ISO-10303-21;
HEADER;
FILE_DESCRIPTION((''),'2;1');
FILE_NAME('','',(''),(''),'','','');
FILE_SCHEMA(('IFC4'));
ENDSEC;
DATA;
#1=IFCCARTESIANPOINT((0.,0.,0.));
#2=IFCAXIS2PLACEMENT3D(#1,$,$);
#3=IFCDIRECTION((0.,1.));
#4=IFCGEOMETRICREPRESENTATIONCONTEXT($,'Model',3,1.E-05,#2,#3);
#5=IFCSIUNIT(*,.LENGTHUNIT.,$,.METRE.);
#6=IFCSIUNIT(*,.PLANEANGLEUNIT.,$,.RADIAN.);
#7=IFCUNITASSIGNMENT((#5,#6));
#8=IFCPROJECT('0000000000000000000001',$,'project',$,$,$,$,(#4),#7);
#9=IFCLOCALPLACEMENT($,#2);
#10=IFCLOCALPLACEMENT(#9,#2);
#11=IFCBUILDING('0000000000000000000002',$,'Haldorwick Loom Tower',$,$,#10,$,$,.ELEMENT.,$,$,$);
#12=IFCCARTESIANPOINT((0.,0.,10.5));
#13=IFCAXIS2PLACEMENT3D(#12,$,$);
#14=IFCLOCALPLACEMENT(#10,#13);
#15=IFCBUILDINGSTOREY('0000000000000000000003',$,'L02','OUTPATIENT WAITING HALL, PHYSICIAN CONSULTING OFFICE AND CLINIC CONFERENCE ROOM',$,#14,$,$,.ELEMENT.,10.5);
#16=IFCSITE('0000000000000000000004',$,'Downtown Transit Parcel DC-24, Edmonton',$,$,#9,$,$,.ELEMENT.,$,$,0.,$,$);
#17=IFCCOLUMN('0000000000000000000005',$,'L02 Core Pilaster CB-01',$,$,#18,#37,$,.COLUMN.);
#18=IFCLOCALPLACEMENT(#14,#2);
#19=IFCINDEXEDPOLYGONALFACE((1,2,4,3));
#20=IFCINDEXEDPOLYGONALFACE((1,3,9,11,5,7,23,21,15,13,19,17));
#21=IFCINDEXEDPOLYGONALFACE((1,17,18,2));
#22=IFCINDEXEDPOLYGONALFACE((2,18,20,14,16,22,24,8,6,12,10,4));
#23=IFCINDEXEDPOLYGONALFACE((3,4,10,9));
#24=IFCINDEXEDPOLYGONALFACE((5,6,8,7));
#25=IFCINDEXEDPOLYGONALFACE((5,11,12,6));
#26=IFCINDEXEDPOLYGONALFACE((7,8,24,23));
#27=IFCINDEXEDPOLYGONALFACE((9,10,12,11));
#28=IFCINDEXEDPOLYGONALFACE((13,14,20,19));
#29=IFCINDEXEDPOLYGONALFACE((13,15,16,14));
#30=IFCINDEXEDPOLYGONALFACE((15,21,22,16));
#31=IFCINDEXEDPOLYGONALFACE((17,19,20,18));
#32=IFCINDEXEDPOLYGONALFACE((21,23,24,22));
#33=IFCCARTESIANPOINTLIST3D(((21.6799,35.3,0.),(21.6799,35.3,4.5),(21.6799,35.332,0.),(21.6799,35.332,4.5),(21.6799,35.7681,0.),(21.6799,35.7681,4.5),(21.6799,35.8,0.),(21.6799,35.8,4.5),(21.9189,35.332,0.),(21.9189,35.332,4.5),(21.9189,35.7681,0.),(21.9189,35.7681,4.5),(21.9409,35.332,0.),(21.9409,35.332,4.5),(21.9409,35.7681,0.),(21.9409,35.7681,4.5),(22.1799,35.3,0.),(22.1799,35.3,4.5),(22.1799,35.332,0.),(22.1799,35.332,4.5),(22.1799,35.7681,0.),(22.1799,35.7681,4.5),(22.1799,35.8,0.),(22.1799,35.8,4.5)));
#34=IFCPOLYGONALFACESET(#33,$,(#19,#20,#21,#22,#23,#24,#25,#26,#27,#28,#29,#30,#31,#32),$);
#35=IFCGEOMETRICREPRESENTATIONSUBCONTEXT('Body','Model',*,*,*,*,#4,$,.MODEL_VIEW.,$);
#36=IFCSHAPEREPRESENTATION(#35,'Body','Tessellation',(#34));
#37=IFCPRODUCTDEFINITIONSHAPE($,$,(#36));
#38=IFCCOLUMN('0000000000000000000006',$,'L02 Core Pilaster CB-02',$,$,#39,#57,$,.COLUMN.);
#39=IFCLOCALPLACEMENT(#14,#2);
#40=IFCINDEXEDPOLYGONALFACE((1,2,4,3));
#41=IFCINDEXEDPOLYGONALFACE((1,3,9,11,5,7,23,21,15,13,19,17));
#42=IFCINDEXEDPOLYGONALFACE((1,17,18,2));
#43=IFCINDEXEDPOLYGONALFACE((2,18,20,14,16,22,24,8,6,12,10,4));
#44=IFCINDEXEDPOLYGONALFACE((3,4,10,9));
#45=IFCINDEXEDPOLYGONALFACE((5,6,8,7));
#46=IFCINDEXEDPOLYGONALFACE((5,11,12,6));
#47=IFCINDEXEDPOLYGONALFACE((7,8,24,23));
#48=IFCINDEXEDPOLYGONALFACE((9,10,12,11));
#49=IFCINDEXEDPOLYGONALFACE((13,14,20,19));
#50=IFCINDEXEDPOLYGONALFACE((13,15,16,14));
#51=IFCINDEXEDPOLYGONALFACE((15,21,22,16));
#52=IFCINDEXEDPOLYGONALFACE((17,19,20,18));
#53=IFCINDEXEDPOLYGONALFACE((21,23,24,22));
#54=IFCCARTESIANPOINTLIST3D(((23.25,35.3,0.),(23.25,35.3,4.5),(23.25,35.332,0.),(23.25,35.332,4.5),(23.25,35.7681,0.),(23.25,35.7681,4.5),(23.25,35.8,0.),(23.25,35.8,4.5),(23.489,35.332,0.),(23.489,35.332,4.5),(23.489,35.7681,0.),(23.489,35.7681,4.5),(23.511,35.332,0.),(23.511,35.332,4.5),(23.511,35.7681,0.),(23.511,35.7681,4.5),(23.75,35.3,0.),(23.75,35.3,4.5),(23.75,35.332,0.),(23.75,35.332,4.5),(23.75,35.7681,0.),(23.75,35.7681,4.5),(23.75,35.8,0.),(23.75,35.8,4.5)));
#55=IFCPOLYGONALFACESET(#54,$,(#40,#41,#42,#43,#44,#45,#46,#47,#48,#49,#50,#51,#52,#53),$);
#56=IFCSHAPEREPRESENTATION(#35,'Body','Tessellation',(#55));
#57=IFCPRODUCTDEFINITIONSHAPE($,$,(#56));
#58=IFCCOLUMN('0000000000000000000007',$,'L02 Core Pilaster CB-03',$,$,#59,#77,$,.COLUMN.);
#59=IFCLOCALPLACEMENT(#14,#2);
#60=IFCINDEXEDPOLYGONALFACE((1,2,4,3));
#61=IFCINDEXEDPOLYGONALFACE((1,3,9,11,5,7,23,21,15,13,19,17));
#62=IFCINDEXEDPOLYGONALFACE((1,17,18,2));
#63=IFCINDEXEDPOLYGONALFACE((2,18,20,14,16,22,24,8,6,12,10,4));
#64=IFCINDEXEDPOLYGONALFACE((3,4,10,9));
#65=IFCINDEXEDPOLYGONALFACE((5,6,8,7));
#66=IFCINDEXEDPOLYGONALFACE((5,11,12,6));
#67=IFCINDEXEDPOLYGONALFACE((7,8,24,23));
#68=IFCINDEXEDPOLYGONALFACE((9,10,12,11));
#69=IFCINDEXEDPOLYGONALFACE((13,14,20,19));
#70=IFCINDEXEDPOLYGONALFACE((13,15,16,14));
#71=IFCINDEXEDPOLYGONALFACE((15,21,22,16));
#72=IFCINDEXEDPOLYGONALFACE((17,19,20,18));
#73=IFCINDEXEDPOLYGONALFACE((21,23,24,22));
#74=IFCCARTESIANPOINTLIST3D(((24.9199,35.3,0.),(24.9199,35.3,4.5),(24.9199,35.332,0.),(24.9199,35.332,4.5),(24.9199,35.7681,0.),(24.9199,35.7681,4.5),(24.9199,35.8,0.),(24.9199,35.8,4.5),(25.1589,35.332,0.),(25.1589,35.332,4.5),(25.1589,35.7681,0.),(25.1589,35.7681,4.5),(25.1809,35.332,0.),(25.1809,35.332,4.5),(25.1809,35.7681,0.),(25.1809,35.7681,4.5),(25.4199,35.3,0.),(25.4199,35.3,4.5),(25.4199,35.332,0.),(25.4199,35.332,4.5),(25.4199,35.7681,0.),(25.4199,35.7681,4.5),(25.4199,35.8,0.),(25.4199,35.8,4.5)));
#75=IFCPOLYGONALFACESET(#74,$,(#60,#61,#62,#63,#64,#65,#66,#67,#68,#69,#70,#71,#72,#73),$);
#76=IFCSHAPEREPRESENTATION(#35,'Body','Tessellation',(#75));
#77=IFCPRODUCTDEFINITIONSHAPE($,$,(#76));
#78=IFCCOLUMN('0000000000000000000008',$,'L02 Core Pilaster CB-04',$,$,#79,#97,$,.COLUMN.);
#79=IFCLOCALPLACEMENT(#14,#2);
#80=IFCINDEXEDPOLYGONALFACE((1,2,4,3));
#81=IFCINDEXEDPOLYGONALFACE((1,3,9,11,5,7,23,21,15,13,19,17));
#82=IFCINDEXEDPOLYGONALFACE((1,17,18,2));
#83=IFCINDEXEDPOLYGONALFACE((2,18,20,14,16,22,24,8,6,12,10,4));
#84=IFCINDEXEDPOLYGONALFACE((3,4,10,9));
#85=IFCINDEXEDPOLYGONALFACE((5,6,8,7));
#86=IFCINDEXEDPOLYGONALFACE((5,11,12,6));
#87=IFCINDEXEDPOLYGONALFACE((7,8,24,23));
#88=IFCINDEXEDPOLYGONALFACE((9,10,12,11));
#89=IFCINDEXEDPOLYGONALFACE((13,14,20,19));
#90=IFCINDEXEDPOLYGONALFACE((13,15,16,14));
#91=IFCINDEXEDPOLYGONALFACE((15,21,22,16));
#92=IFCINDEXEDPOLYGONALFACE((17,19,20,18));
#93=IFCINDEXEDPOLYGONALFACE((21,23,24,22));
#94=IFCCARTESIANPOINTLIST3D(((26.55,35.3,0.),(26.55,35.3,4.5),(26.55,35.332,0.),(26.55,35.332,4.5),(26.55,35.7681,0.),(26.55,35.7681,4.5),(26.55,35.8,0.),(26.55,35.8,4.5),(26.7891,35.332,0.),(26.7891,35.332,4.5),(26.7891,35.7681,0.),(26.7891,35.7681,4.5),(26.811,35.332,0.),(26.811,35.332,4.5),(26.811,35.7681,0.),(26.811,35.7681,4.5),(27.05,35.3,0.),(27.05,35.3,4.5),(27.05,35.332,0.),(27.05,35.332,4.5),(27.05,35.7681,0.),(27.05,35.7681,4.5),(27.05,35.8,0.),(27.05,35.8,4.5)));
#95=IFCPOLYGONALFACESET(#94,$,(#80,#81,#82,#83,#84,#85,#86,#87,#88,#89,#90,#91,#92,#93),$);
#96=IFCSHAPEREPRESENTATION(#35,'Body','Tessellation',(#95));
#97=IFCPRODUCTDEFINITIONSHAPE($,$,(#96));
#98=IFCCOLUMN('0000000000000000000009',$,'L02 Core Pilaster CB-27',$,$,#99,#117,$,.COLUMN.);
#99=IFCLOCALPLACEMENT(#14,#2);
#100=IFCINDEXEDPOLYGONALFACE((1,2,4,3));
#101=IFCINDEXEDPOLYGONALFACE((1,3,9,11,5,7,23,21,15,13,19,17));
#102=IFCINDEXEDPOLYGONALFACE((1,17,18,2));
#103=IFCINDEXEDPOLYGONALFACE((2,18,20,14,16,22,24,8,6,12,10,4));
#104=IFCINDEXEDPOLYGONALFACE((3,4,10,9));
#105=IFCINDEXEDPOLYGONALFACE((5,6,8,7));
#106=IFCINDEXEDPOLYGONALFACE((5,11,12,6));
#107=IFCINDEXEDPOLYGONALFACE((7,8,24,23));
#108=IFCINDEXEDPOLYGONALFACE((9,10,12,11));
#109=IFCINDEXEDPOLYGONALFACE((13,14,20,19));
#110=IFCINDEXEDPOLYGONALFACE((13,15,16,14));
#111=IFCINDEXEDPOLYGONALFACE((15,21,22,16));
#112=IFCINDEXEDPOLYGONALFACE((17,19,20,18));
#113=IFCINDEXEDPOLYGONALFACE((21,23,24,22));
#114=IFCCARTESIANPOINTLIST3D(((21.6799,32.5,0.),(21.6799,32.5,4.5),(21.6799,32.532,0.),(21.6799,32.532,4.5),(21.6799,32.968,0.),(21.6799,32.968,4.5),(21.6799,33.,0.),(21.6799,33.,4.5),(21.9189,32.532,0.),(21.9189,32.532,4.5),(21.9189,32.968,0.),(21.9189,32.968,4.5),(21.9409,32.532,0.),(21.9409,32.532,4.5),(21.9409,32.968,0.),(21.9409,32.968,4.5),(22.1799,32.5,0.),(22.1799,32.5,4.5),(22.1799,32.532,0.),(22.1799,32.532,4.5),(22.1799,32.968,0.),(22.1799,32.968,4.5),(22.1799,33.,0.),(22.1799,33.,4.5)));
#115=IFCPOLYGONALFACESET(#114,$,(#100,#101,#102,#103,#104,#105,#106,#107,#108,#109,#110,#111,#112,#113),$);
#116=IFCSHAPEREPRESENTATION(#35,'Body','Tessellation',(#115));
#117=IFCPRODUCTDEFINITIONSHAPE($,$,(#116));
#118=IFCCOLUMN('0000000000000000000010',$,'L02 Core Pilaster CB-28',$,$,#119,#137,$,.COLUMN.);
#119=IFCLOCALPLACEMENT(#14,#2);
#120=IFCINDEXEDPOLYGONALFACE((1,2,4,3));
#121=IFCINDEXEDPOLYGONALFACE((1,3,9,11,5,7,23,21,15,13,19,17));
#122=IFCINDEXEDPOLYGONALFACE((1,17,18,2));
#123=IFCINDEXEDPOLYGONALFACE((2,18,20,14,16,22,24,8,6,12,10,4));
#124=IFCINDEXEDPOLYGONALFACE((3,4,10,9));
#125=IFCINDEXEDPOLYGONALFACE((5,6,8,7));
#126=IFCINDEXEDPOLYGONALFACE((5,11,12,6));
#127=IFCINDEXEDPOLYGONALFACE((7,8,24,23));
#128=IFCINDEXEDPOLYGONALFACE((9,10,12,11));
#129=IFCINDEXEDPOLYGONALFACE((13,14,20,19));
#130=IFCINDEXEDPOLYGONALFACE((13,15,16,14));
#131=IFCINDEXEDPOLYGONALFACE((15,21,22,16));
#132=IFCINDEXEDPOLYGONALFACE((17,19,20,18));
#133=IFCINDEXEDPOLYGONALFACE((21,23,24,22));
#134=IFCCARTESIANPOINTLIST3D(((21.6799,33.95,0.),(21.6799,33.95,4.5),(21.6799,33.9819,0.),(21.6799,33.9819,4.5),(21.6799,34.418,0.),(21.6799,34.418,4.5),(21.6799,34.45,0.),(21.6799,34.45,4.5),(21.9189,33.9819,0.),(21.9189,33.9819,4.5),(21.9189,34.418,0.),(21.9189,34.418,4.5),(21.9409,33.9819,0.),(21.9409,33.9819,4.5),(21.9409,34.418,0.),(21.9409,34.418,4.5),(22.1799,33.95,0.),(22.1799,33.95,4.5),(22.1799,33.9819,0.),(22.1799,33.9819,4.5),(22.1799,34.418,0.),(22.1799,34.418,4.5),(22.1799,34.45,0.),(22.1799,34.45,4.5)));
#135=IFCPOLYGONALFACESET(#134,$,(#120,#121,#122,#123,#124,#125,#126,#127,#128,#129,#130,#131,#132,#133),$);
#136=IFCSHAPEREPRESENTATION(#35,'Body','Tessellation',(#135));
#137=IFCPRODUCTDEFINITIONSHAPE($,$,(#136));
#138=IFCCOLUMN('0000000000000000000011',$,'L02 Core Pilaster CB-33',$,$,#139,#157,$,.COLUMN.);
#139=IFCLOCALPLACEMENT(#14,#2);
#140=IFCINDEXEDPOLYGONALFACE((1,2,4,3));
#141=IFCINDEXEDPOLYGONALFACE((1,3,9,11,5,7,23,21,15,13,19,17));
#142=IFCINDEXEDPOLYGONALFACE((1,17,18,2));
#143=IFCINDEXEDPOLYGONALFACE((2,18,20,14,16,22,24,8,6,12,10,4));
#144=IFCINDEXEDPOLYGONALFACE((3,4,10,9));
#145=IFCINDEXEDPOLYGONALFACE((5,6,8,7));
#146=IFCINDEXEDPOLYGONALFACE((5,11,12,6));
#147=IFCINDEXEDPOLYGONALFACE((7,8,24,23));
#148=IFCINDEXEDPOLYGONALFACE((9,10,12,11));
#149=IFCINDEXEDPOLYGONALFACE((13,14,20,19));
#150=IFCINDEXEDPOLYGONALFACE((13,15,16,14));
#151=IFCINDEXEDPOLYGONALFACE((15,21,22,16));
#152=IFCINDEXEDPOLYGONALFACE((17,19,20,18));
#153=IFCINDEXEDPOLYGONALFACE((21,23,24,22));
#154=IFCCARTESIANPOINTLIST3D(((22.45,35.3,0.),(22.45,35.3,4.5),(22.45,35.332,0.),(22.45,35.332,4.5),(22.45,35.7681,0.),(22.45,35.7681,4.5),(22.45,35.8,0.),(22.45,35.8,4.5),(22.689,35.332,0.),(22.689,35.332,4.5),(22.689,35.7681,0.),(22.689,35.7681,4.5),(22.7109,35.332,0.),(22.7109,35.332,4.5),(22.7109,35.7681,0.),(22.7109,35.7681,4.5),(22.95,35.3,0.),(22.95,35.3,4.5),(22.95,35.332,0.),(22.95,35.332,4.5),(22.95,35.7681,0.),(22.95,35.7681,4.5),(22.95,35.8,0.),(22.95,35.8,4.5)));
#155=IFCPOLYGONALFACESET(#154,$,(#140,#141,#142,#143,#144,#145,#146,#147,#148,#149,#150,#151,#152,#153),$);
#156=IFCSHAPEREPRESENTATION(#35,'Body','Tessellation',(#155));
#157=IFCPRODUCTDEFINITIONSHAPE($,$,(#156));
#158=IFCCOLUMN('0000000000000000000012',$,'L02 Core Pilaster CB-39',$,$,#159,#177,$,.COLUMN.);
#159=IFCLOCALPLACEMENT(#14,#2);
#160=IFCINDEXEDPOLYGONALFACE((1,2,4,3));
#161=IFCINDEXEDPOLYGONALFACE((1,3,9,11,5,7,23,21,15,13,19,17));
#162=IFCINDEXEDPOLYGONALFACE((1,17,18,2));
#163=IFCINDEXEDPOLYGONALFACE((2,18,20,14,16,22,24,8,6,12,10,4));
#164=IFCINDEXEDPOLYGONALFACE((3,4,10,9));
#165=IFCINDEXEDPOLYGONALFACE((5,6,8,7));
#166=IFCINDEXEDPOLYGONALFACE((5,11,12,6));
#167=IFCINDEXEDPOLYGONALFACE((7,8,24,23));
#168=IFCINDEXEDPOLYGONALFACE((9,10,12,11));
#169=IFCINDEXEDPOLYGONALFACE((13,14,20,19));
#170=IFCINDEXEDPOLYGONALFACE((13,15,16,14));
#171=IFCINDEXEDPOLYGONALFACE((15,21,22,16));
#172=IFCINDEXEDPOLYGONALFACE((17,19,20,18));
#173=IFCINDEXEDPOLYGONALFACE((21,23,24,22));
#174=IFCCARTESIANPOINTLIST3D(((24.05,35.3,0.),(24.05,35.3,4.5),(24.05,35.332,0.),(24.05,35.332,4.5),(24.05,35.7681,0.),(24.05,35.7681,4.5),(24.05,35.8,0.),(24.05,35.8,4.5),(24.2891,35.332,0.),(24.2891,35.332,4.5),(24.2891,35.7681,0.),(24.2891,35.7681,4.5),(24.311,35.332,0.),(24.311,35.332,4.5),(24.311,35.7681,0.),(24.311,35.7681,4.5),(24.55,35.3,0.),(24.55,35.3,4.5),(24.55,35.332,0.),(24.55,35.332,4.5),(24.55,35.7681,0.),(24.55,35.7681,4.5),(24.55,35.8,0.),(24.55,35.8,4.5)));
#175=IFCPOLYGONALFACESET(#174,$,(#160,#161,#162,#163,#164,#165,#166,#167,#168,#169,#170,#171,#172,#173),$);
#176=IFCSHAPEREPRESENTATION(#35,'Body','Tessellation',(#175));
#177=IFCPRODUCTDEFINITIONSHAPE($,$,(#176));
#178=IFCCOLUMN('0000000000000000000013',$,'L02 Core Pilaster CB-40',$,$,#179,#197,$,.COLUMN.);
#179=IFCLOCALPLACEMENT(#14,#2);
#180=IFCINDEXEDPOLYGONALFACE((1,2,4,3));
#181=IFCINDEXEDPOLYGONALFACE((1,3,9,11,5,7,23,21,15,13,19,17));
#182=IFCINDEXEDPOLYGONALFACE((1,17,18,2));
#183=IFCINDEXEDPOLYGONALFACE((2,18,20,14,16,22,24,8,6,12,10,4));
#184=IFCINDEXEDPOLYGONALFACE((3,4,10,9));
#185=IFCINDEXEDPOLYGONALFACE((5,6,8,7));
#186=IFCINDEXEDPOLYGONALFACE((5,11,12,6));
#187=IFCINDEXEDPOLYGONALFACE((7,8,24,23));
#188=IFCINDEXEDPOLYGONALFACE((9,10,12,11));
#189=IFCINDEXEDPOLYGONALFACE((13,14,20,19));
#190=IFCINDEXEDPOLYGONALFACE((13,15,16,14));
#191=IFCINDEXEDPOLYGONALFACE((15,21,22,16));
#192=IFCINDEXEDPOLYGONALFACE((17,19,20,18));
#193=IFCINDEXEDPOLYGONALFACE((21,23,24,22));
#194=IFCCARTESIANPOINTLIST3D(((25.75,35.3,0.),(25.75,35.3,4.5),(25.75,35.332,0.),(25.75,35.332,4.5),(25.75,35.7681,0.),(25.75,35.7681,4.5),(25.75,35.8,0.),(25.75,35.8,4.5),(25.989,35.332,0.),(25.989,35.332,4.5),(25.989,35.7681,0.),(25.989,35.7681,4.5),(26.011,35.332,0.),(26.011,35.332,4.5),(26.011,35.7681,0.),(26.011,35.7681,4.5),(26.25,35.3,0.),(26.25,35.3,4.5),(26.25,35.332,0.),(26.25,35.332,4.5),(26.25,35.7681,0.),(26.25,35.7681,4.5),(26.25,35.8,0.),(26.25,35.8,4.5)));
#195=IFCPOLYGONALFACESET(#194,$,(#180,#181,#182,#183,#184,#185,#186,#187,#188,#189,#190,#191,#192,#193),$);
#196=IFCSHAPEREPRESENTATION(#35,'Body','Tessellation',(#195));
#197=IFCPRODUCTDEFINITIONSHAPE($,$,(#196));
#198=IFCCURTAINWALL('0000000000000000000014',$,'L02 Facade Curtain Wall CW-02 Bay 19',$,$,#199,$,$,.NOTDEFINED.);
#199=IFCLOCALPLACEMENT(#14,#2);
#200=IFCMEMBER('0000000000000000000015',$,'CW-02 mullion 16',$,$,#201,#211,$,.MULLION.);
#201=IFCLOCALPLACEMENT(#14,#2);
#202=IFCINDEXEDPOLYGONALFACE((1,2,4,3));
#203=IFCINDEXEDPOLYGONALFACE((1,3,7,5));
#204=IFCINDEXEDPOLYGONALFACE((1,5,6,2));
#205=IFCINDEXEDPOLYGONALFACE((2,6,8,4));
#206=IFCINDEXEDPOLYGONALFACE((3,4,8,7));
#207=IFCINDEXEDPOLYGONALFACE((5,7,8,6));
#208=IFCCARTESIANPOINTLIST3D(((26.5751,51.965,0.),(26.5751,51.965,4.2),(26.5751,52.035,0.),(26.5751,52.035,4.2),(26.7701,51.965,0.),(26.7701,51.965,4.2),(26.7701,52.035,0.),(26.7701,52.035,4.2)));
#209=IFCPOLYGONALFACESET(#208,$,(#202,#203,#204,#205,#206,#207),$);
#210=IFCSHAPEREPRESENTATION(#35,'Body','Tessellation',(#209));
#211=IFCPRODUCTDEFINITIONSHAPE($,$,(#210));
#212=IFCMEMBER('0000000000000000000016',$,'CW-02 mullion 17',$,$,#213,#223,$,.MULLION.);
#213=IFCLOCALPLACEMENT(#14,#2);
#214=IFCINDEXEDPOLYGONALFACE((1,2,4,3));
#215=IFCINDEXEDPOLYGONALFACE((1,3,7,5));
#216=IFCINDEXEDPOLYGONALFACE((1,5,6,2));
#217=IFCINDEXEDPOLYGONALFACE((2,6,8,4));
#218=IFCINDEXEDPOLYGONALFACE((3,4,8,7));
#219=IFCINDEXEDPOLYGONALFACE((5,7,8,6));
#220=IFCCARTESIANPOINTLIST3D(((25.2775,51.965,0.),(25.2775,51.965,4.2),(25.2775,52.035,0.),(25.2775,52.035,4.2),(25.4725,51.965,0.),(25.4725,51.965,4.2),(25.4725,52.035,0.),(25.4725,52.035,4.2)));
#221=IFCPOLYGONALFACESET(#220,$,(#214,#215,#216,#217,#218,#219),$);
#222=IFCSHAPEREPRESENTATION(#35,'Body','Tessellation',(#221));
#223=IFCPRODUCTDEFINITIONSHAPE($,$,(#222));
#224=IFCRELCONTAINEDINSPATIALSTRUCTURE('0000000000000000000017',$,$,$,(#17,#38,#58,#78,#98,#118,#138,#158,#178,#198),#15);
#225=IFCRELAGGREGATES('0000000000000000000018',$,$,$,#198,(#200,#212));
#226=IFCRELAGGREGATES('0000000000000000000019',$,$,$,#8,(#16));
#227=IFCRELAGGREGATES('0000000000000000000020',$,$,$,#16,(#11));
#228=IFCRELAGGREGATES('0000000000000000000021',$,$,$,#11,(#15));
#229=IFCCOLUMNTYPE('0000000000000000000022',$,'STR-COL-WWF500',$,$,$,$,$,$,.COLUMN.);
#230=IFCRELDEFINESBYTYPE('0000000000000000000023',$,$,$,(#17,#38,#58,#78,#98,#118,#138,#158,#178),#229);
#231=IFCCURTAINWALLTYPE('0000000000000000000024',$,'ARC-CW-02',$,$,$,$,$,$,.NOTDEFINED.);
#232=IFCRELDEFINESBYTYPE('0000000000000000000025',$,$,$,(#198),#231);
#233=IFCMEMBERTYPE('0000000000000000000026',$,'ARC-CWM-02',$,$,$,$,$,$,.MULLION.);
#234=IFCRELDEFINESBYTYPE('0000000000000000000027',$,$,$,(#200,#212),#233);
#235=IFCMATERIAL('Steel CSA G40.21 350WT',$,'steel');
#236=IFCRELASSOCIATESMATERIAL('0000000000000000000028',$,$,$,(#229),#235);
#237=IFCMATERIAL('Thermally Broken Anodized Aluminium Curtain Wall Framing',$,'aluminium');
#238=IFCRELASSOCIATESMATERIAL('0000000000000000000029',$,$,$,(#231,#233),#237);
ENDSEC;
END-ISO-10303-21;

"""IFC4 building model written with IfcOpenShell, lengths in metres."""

from ifc_helpers import new_model, si_unit, direction, frame, origin, origin_2d, place, context, subcontext, project, spatial, rectangle, i_section, extrude, material, material_profile, profile_set, type_object, element, aggregate, save


model = new_model("IFC4")

# Units and contexts
model_context = context("Model", 3, precision=1e-05, world=origin(), true_north=direction((0.0, 1.0)))
body_context = subcontext(model_context, "Body", "Model", "MODEL_VIEW")
ifc_project = project(units=[si_unit("LENGTHUNIT", "METRE"), si_unit("PLANEANGLEUNIT", "RADIAN")], contexts=[model_context])

# Site, building, storey
site_placement = place(None, origin())
site = spatial("IfcSite", under=ifc_project, at=site_placement, Name="Downtown Transit Parcel DC-24, Edmonton", CompositionType="ELEMENT", RefElevation=0.0)
building_placement = place(site_placement, origin())
building = spatial("IfcBuilding", under=site, at=building_placement, Name="Haldorwick Loom Tower", CompositionType="ELEMENT")
storey_placement = place(building_placement, frame((0.0, 0.0, 10.5)))
storey = spatial("IfcBuildingStorey", under=building, at=storey_placement, Name="L02", Description="OUTPATIENT WAITING HALL, PHYSICIAN CONSULTING OFFICE AND CLINIC CONFERENCE ROOM", CompositionType="ELEMENT", Elevation=10.5)

# Columns
ifc_material_1 = material(Name="Steel CSA G40.21 350WT", Category="steel")
ifc_material_profile_1 = material_profile(ifc_material_1, i_section(OverallWidth=0.5, OverallDepth=0.5, WebThickness=0.022, FlangeThickness=0.032, at=origin_2d()), Name="WWF500X500", Category="steel")
ifc_profile_set_1 = profile_set([ifc_material_profile_1], Name="Steel CSA G40.21 350WT")
column_type = type_object("IfcColumnType", Name="STR-COL-WWF500", PredefinedType="COLUMN", material=ifc_profile_set_1)
for number, where, z_axis, x_axis, name in (
    (1, (21.9299, 35.55, 0.0), (0.0, 0.0, 1.0), (1.0, 0.0, 0.0), "L02 Core Pilaster CB-01"),
    (2, (23.5, 35.55, 0.0), (0.0, 0.0, 1.0), (1.0, 0.0, 0.0), "L02 Core Pilaster CB-02"),
    (3, (25.1699, 35.55, 0.0), (0.0, 0.0, 1.0), (1.0, 0.0, 0.0), "L02 Core Pilaster CB-03"),
    (4, (26.8, 35.55, 0.0), (0.0, 0.0, 1.0), (1.0, 0.0, 0.0), "L02 Core Pilaster CB-04"),
    (5, (21.9299, 32.75, 0.0), (0.0, 0.0, 1.0), (1.0, 0.0, 0.0), "L02 Core Pilaster CB-27"),
    (6, (21.9299, 34.2, 0.0), (0.0, 0.0, 1.0), (1.0, 0.0, 0.0), "L02 Core Pilaster CB-28"),
    (7, (22.7, 35.55, 0.0), (0.0, 0.0, 1.0), (1.0, 0.0, 0.0), "L02 Core Pilaster CB-33"),
    (8, (24.3, 35.55, 0.0), (0.0, 0.0, 1.0), (1.0, 0.0, 0.0), "L02 Core Pilaster CB-39"),
    (9, (26.0, 35.55, 0.0), (0.0, 0.0, 1.0), (1.0, 0.0, 0.0), "L02 Core Pilaster CB-40"),
):
    element("IfcColumn", number, at=place(storey_placement, frame(where, z_axis=z_axis, x_axis=x_axis)), inside=storey, type_object=column_type, Name=name, PredefinedType="COLUMN", context=body_context, shape_type="SweptSolid", body=[
        extrude(i_section(OverallWidth=0.5, OverallDepth=0.5, WebThickness=0.022, FlangeThickness=0.032, at=origin_2d()), origin(), (0.0, 0.0, 1.0), 4.5),
    ])

# Curtain wall, members
ifc_material_2 = material(Name="Thermally Broken Anodized Aluminium Curtain Wall Framing", Category="aluminium")
curtain_wall_type = type_object("IfcCurtainWallType", Name="ARC-CW-02", PredefinedType="NOTDEFINED", material=ifc_material_2)
curtain_wall_placement = place(storey_placement, origin())
curtain_wall = element("IfcCurtainWall", 10, at=curtain_wall_placement, inside=storey, type_object=curtain_wall_type, Name="L02 Facade Curtain Wall CW-02 Bay 19", PredefinedType="NOTDEFINED")
ifc_material_profile_2 = material_profile(ifc_material_2, rectangle(XDim=0.0701, YDim=0.1951, at=origin_2d()), Name="ALU_MUL_70X195", Category="aluminium")
ifc_profile_set_2 = profile_set([ifc_material_profile_2], Name="Thermally Broken Anodized Aluminium Curtain Wall Framing")
member_type_1 = type_object("IfcMemberType", Name="ARC-CWM-02", PredefinedType="MULLION", material=ifc_profile_set_2)
member_1_placement = place(storey_placement, frame((26.6726, 52.0, 0.0), z_axis=(0.0, 0.0, 1.0), x_axis=(0.0, -1.0, 0.0)))
member_1 = element("IfcMember", 11, at=member_1_placement, type_object=member_type_1, Name="CW-02 mullion 16", PredefinedType="MULLION", context=body_context, shape_type="SweptSolid", body=[
    extrude(rectangle(XDim=0.0701, YDim=0.1951, at=origin_2d()), origin(), (0.0, 0.0, 1.0), 4.2),
])
member_2_placement = place(storey_placement, frame((25.375, 52.0, 0.0), z_axis=(0.0, 0.0, 1.0), x_axis=(0.0, -1.0, 0.0)))
member_2 = element("IfcMember", 12, at=member_2_placement, type_object=member_type_1, Name="CW-02 mullion 17", PredefinedType="MULLION", context=body_context, shape_type="SweptSolid", body=[
    extrude(rectangle(XDim=0.0701, YDim=0.1951, at=origin_2d()), origin(), (0.0, 0.0, 1.0), 4.2),
])

aggregate(curtain_wall, [member_1, member_2])

save(model, "model.ifc")
